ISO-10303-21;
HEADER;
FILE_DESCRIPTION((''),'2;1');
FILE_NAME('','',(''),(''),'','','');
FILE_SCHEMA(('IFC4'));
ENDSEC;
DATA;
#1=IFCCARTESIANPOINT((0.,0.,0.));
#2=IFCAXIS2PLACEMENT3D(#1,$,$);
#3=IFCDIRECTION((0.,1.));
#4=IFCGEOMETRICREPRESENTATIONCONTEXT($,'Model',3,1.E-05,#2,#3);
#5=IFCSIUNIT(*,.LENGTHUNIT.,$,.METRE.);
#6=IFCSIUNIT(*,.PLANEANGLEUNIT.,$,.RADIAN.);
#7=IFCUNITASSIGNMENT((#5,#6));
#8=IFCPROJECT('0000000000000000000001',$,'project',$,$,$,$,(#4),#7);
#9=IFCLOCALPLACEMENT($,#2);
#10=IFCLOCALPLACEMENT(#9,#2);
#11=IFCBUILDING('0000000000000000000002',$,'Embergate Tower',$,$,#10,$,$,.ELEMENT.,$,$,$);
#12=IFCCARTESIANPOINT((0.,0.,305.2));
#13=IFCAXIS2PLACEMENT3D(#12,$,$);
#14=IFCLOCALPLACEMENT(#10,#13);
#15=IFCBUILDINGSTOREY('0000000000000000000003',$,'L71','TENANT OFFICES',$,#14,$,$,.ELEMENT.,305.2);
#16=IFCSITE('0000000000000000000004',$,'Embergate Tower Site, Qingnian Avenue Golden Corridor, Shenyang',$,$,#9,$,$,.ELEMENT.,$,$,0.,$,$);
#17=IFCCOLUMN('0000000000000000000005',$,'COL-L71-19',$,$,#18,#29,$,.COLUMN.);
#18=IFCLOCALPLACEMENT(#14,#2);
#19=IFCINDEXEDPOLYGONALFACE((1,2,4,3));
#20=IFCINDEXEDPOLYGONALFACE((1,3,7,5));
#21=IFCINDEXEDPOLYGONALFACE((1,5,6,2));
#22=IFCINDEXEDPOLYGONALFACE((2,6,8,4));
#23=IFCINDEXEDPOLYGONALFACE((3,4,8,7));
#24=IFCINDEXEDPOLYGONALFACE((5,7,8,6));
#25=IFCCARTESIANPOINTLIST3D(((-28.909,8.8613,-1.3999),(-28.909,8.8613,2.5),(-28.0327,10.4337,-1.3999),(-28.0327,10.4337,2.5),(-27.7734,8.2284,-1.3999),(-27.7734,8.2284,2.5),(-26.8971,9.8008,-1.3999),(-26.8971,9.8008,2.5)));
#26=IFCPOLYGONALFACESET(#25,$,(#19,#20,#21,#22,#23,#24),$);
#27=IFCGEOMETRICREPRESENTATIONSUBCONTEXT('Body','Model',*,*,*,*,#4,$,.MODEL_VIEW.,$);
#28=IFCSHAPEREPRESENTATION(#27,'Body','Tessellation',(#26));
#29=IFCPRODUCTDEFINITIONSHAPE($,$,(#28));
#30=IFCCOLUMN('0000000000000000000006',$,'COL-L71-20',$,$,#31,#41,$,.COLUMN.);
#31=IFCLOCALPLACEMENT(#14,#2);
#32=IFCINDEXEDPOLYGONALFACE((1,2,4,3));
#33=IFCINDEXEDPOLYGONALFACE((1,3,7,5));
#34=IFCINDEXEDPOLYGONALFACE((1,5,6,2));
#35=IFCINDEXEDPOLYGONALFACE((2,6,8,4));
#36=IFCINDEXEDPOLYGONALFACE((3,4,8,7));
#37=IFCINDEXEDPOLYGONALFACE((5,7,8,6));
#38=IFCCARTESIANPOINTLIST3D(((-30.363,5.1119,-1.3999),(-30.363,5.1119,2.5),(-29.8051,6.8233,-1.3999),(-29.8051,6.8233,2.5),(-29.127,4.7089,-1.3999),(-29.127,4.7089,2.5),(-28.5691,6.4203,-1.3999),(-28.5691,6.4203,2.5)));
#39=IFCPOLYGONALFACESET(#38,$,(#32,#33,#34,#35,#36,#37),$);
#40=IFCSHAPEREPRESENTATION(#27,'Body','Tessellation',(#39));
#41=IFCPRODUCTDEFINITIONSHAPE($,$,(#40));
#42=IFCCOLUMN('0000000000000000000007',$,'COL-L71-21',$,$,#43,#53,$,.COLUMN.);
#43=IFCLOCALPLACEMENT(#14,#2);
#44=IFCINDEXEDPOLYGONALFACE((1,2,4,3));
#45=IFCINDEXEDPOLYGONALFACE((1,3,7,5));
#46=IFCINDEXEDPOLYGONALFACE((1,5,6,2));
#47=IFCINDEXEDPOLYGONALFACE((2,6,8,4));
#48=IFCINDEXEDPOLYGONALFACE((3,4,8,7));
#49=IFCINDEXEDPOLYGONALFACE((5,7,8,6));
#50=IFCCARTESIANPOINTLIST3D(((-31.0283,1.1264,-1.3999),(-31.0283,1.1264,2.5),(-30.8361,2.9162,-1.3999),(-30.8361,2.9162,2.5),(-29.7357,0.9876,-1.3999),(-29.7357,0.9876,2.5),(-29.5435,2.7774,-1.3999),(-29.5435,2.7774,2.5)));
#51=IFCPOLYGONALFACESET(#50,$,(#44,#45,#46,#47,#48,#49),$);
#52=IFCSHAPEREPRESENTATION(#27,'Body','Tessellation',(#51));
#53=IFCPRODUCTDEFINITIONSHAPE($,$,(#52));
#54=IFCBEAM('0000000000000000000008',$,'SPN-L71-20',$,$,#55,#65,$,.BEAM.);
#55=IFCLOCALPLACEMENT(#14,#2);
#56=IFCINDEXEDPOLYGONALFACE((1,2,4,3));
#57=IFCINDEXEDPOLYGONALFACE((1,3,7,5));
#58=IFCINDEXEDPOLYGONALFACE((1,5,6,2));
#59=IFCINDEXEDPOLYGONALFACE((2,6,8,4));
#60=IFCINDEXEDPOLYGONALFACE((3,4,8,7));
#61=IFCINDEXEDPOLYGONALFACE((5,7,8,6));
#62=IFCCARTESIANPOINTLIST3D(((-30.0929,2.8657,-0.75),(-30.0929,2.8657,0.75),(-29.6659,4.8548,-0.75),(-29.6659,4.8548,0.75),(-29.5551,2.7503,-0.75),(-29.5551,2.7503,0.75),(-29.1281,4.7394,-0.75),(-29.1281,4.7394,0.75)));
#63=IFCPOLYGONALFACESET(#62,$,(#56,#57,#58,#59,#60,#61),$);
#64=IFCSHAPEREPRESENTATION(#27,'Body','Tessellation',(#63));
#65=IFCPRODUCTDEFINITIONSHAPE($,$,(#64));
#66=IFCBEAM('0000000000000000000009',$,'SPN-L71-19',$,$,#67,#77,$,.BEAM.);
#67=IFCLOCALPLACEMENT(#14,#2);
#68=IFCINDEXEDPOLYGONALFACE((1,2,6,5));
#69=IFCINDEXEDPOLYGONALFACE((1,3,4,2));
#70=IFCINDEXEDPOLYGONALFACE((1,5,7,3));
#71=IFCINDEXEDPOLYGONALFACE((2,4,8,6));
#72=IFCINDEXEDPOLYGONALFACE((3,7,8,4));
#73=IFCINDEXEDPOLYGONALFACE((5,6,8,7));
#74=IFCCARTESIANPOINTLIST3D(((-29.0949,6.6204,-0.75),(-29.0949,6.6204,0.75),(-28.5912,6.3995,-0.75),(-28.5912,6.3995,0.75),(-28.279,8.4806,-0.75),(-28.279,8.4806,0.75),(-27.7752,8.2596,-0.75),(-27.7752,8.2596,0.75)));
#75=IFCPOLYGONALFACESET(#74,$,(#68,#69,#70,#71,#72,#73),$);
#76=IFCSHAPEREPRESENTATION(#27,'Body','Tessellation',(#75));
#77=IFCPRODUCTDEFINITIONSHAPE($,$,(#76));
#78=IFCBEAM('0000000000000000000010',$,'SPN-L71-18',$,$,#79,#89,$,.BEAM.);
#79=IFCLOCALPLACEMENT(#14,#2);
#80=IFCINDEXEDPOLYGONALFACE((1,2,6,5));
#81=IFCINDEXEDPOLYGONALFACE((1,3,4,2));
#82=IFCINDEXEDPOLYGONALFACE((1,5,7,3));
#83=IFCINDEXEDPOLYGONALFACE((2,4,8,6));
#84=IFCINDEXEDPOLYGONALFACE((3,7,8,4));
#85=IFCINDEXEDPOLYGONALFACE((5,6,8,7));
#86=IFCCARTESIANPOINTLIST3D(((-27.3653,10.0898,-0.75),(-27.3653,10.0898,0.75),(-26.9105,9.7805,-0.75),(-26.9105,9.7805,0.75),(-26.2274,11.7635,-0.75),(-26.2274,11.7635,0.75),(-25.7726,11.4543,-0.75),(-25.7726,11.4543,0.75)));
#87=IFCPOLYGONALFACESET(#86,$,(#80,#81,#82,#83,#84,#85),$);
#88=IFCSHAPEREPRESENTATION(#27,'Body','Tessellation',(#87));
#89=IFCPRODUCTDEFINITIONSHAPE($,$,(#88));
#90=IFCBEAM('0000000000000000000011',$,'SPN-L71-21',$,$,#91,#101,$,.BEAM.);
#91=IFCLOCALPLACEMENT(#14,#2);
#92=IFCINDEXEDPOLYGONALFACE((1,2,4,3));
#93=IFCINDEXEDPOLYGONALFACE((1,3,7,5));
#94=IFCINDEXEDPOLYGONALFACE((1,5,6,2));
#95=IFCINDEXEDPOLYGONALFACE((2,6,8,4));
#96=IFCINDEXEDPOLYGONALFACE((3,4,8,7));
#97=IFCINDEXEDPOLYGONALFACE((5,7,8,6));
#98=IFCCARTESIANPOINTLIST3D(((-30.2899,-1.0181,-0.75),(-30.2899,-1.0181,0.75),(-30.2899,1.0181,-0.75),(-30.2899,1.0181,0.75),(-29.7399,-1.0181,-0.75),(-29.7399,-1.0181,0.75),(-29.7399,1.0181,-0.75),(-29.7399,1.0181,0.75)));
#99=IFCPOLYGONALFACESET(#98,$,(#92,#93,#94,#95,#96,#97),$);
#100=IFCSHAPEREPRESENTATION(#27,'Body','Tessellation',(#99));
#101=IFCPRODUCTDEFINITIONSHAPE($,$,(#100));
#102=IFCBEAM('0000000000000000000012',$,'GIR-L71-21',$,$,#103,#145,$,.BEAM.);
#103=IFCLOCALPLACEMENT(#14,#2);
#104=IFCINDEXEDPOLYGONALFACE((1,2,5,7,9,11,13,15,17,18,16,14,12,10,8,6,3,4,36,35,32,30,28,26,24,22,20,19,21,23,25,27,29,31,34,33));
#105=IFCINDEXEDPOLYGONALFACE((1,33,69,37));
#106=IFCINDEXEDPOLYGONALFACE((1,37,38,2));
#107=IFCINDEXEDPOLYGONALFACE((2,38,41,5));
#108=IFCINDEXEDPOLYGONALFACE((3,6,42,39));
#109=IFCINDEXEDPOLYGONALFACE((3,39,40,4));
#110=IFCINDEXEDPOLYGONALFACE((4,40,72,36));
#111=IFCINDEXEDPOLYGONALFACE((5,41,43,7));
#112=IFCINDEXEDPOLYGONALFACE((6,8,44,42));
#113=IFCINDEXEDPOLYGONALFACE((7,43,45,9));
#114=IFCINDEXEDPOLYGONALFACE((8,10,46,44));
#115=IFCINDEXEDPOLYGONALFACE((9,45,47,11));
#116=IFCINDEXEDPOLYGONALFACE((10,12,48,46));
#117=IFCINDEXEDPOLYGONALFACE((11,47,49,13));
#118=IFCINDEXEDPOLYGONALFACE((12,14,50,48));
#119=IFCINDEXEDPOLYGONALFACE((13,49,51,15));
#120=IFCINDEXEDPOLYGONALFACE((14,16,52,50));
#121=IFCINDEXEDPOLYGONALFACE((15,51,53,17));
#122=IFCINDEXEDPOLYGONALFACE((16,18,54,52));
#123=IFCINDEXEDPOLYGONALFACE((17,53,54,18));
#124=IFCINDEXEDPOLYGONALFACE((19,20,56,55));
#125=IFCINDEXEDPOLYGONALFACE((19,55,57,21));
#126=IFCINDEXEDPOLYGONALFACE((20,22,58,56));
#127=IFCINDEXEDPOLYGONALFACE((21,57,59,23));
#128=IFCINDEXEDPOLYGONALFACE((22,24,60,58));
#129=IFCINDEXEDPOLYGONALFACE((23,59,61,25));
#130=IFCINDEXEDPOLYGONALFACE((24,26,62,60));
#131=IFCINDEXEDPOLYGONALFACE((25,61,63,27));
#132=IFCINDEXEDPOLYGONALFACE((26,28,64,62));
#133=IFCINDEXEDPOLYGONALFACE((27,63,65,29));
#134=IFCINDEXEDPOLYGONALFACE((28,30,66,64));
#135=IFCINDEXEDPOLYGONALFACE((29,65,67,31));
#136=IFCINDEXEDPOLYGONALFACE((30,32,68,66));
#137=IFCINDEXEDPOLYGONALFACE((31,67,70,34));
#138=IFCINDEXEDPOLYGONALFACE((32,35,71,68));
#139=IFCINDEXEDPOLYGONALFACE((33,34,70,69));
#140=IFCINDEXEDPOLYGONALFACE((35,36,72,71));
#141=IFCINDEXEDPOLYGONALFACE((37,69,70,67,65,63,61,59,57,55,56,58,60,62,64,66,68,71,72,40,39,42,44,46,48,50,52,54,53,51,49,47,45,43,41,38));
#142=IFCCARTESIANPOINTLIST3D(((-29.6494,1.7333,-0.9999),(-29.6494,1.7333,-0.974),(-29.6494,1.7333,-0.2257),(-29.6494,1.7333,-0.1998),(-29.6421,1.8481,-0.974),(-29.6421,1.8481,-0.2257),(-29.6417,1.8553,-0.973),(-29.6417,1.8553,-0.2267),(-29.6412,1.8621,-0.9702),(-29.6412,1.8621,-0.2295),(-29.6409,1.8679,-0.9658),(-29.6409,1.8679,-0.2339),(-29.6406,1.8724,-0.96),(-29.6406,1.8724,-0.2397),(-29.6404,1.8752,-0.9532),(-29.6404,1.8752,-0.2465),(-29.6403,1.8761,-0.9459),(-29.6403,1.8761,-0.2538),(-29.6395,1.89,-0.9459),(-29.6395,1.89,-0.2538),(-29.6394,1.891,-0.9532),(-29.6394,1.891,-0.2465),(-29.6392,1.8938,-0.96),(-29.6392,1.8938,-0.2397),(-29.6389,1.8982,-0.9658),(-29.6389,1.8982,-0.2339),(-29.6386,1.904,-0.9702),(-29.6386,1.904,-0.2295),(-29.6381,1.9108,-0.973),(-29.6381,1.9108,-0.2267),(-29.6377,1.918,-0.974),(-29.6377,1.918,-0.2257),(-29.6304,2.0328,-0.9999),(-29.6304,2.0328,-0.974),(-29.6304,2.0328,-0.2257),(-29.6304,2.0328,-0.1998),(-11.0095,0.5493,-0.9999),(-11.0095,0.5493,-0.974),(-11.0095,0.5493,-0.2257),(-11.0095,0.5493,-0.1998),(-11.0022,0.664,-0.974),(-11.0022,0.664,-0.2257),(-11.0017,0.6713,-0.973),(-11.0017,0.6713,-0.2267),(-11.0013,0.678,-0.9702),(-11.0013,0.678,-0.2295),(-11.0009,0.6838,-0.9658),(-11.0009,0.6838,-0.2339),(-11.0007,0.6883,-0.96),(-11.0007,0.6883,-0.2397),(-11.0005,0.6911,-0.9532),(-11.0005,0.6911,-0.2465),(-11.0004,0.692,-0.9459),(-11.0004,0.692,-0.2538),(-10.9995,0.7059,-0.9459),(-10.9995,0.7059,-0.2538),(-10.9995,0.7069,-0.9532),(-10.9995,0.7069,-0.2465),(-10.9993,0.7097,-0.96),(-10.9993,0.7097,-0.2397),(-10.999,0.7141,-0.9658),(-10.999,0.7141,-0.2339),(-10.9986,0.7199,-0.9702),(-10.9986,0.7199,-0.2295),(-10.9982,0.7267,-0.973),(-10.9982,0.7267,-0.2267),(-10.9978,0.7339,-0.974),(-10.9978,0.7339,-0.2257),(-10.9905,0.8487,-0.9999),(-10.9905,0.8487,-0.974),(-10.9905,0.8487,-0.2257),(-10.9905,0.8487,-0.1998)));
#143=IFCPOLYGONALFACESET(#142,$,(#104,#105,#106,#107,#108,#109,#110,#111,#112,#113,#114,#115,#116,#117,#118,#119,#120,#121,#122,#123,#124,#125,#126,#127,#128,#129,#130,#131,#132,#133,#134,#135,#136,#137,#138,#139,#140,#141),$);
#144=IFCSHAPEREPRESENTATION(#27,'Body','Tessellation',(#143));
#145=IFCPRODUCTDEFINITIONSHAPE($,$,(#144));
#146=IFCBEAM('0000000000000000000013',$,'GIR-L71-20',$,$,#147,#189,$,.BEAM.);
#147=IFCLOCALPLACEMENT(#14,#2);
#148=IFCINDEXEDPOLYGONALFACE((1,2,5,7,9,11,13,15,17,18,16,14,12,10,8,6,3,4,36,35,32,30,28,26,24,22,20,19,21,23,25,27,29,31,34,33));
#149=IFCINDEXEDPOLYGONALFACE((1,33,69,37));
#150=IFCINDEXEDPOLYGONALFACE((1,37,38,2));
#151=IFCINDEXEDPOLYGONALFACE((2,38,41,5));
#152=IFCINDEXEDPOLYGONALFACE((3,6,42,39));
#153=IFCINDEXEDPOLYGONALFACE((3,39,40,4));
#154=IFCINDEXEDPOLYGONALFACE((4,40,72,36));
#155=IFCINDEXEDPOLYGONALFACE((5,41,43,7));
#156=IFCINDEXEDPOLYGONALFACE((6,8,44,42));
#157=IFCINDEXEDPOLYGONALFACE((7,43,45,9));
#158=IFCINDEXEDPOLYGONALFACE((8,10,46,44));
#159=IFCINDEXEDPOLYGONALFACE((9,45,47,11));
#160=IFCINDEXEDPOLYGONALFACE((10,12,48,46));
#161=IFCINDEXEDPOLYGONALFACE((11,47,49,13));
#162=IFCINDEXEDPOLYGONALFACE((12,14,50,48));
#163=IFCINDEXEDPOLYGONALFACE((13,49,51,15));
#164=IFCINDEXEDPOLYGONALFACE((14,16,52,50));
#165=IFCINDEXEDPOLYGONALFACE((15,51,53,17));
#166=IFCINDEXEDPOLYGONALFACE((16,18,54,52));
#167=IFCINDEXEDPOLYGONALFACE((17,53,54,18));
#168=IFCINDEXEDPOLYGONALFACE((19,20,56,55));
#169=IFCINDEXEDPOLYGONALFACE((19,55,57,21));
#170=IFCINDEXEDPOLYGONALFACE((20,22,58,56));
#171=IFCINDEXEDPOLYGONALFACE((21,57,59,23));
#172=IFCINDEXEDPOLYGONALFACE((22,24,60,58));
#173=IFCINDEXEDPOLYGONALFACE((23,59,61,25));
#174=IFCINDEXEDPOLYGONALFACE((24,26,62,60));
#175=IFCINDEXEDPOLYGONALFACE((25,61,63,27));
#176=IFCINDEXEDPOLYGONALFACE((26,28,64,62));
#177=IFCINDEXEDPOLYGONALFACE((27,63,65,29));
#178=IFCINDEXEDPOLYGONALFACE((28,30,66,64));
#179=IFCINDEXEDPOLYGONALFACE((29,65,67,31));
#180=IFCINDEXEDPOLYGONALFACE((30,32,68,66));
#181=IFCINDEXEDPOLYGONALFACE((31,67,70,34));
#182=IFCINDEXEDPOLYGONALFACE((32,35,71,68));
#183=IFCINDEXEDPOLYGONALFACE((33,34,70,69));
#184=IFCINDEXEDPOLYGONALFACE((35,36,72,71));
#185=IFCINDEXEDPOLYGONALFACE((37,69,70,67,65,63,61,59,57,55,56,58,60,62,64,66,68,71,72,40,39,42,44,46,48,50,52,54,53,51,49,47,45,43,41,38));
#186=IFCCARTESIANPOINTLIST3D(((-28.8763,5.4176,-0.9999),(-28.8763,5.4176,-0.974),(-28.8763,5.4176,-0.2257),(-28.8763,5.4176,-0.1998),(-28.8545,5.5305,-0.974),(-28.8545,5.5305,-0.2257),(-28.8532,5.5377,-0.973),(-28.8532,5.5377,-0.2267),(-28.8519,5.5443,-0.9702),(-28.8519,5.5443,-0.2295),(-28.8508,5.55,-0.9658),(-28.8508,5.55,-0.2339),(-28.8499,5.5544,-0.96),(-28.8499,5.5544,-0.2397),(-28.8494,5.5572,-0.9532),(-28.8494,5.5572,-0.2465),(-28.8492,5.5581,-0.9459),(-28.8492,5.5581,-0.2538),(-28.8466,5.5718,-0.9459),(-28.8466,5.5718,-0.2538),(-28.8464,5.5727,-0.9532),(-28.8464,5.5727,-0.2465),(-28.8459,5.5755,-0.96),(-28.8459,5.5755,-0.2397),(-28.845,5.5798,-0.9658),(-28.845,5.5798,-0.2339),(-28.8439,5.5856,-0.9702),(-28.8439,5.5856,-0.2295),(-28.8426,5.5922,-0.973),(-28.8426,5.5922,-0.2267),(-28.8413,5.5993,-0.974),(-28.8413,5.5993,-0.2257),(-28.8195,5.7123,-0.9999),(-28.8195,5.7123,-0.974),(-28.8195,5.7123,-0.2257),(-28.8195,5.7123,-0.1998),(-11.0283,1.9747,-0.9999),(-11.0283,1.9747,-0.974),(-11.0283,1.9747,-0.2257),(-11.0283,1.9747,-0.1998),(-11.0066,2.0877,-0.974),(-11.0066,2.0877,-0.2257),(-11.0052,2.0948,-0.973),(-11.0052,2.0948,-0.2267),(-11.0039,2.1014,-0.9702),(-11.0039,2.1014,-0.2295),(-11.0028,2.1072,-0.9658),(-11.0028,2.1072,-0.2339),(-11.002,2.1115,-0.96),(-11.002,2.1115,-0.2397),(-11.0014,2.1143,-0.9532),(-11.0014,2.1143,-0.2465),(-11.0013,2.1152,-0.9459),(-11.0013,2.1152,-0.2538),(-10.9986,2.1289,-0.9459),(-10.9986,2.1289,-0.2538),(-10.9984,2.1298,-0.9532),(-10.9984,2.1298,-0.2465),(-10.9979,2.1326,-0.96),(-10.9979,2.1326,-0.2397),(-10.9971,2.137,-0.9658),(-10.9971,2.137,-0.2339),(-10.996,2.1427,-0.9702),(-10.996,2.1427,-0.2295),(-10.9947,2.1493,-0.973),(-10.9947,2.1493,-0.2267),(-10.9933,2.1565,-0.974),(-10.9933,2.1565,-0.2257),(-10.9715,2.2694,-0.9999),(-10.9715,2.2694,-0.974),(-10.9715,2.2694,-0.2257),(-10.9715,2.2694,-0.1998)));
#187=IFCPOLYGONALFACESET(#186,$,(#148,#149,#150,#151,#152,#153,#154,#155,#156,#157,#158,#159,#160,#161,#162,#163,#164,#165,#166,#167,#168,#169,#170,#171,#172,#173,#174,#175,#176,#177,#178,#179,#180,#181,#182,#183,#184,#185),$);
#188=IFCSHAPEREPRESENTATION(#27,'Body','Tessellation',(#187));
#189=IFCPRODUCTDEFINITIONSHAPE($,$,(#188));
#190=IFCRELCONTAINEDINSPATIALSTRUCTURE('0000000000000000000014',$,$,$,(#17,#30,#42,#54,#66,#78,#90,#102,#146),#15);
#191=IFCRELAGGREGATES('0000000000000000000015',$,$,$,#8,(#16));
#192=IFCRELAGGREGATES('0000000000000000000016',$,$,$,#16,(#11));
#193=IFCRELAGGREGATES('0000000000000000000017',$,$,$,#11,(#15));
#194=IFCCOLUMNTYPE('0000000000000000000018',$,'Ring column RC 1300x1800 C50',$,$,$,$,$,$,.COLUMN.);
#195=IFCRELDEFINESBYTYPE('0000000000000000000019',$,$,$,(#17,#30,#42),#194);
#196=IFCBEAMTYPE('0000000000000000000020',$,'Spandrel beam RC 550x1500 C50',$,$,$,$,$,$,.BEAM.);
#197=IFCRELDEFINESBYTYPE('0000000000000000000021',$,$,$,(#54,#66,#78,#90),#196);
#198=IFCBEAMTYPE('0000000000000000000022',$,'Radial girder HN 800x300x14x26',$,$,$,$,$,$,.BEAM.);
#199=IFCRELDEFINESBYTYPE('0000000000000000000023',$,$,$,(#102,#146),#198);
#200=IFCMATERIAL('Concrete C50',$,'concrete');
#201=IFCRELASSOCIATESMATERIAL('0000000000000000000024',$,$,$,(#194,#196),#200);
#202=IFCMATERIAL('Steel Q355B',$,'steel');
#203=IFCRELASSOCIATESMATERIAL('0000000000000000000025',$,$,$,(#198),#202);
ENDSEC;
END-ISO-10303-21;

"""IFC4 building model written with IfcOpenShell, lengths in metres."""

from ifc_helpers import new_model, si_unit, direction, frame, origin, origin_2d, place, context, subcontext, project, spatial, rectangle, i_section, extrude, source, transform, mapped, material, material_profile, profile_set, type_object, element, save


model = new_model("IFC4")

# Units and contexts
model_context = context("Model", 3, precision=1e-05, world=origin(), true_north=direction((0.0, 1.0)))
body_context = subcontext(model_context, "Body", "Model", "MODEL_VIEW")
ifc_project = project(units=[si_unit("LENGTHUNIT", "METRE"), si_unit("PLANEANGLEUNIT", "RADIAN")], contexts=[model_context])

# Site, building, storey
site_placement = place(None, origin())
site = spatial("IfcSite", under=ifc_project, at=site_placement, Name="Embergate Tower Site, Qingnian Avenue Golden Corridor, Shenyang", CompositionType="ELEMENT", RefElevation=0.0)
building_placement = place(site_placement, origin())
building = spatial("IfcBuilding", under=site, at=building_placement, Name="Embergate Tower", CompositionType="ELEMENT")
storey_placement = place(building_placement, frame((0.0, 0.0, 305.2)))
storey = spatial("IfcBuildingStorey", under=building, at=storey_placement, Name="L71", Description="TENANT OFFICES", CompositionType="ELEMENT", Elevation=305.2)

# Columns
ifc_material_1 = material(Name="Concrete C50", Category="concrete")
ifc_material_profile_1 = material_profile(ifc_material_1, rectangle(XDim=1.3, YDim=1.8, at=origin_2d()), Name="RC 1300x1800")
ifc_profile_set_1 = profile_set([ifc_material_profile_1], Name="Concrete C50")
column_type = type_object("IfcColumnType", Name="Ring column RC 1300x1800 C50", PredefinedType="COLUMN", material=ifc_profile_set_1)
shared_shape_1 = source(origin(), body_context, "Body", "SweptSolid", [
    extrude(rectangle(XDim=1.3, YDim=1.8, at=origin_2d()), origin(), (0.0, 0.0, 1.0), 3.8999),
])
for number, where, z_axis, x_axis, name in (
    (1, (-27.9031, 9.3311, -1.3999), (0.0, 0.0, 1.0), (-0.8735, 0.486823, 0.0), "COL-L71-19"),
    (2, (-29.4661, 5.7661, -1.3999), (0.0, 0.0, 1.0), (-0.950754, 0.309946, 0.0), "COL-L71-20"),
    (3, (-30.2859, 1.9519, -1.3999), (0.0, 0.0, 1.0), (-0.994286, 0.10675, 0.0), "COL-L71-21"),
):
    element("IfcColumn", number, at=place(storey_placement, frame(where, z_axis=z_axis, x_axis=x_axis)), inside=storey, type_object=column_type, Name=name, PredefinedType="COLUMN", context=body_context, shape_type="MappedRepresentation", body=[
        mapped(shared_shape_1, transform((0.0, 0.0, 0.0))),
    ])

# Beams
ifc_material_profile_2 = material_profile(ifc_material_1, rectangle(XDim=0.55, YDim=1.5, at=origin_2d()), Name="RC 550x1500")
ifc_profile_set_2 = profile_set([ifc_material_profile_2], Name="Concrete C50")
beam_type_1 = type_object("IfcBeamType", Name="Spandrel beam RC 550x1500 C50", PredefinedType="BEAM", material=ifc_profile_set_2)
shared_shape_2 = source(origin(), body_context, "Body", "SweptSolid", [
    extrude(rectangle(XDim=0.55, YDim=1.5, at=origin_2d()), origin(), (0.0, 0.0, 1.0), 2.0344),
])
beam_1_placement = place(storey_placement, frame((-29.397, 4.7971, 0.0), z_axis=(-0.209898, -0.977723, 0.0), x_axis=(0.977723, -0.209898, 0.0)))
element("IfcBeam", 4, at=beam_1_placement, inside=storey, type_object=beam_type_1, Name="SPN-L71-20", PredefinedType="BEAM", context=body_context, shape_type="MappedRepresentation", body=[
    mapped(shared_shape_2, transform((0.0, 0.0, 0.0))),
])
shared_shape_3 = source(origin(), body_context, "Body", "SweptSolid", [
    extrude(rectangle(XDim=0.55, YDim=1.5, at=origin_2d()), origin(), (0.0, 0.0, 1.0), 2.0312),
])
beam_2_placement = place(storey_placement, frame((-28.0271, 8.3701, 0.0), z_axis=(-0.401695, -0.915773, 0.0), x_axis=(0.915773, -0.401695, 0.0)))
element("IfcBeam", 5, at=beam_2_placement, inside=storey, type_object=beam_type_1, Name="SPN-L71-19", PredefinedType="BEAM", context=body_context, shape_type="MappedRepresentation", body=[
    mapped(shared_shape_3, transform((0.0, 0.0, 0.0))),
])
shared_shape_4 = source(origin(), body_context, "Body", "SweptSolid", [
    extrude(rectangle(XDim=0.55, YDim=1.5, at=origin_2d()), origin(), (0.0, 0.0, 1.0), 2.0239),
])
beam_3_placement = place(storey_placement, frame((-26.0, 11.6089, 0.0), z_axis=(-0.562221, -0.826987, 0.0), x_axis=(0.826987, -0.562221, 0.0)))
element("IfcBeam", 6, at=beam_3_placement, inside=storey, type_object=beam_type_1, Name="SPN-L71-18", PredefinedType="BEAM", context=body_context, shape_type="MappedRepresentation", body=[
    mapped(shared_shape_4, transform((0.0, 0.0, 0.0))),
])
shared_shape_5 = source(origin(), body_context, "Body", "SweptSolid", [
    extrude(rectangle(XDim=0.55, YDim=1.5, at=origin_2d()), origin(), (0.0, 0.0, 1.0), 2.0361),
])
beam_4_placement = place(storey_placement, frame((-30.0149, 1.0181, 0.0), z_axis=(0.0, -1.0, 0.0), x_axis=(1.0, 0.0, 0.0)))
element("IfcBeam", 7, at=beam_4_placement, inside=storey, type_object=beam_type_1, Name="SPN-L71-21", PredefinedType="BEAM", context=body_context, shape_type="MappedRepresentation", body=[
    mapped(shared_shape_5, transform((0.0, 0.0, 0.0))),
])
ifc_material_2 = material(Name="Steel Q355B", Category="steel")
ifc_material_profile_3 = material_profile(ifc_material_2, i_section(OverallWidth=0.3, OverallDepth=0.8, WebThickness=0.0139, FlangeThickness=0.0259, FilletRadius=0.0281, at=origin_2d()), Name="HN 800x300x14x26")
ifc_profile_set_3 = profile_set([ifc_material_profile_3], Name="Steel Q355 grade B")
beam_type_2 = type_object("IfcBeamType", Name="Radial girder HN 800x300x14x26", PredefinedType="BEAM", material=ifc_profile_set_3)
shared_shape_6 = source(origin(), body_context, "Body", "SweptSolid", [
    extrude(i_section(OverallWidth=0.3, OverallDepth=0.8, WebThickness=0.0139, FlangeThickness=0.0259, FilletRadius=0.0281, at=origin_2d()), origin(), (0.0, 0.0, 1.0), 18.6775),
])
beam_5_placement = place(storey_placement, frame((-29.6399, 1.8831, -0.5999), z_axis=(0.997988, -0.063396, 0.0), x_axis=(0.063396, 0.997988, 0.0)))
element("IfcBeam", 8, at=beam_5_placement, inside=storey, type_object=beam_type_2, Name="GIR-L71-21", PredefinedType="BEAM", context=body_context, shape_type="MappedRepresentation", body=[
    mapped(shared_shape_6, transform((0.0, 0.0, 0.0))),
])
shared_shape_7 = source(origin(), body_context, "Body", "SweptSolid", [
    extrude(i_section(OverallWidth=0.3, OverallDepth=0.8, WebThickness=0.0139, FlangeThickness=0.0259, FilletRadius=0.0281, at=origin_2d()), origin(), (0.0, 0.0, 1.0), 18.177),
])
beam_6_placement = place(storey_placement, frame((-28.8479, 5.5649, -0.5999), z_axis=(0.981898, -0.189409, 0.0), x_axis=(0.189409, 0.981898, 0.0)))
element("IfcBeam", 9, at=beam_6_placement, inside=storey, type_object=beam_type_2, Name="GIR-L71-20", PredefinedType="BEAM", context=body_context, shape_type="MappedRepresentation", body=[
    mapped(shared_shape_7, transform((0.0, 0.0, 0.0))),
])

save(model, "model.ifc")
